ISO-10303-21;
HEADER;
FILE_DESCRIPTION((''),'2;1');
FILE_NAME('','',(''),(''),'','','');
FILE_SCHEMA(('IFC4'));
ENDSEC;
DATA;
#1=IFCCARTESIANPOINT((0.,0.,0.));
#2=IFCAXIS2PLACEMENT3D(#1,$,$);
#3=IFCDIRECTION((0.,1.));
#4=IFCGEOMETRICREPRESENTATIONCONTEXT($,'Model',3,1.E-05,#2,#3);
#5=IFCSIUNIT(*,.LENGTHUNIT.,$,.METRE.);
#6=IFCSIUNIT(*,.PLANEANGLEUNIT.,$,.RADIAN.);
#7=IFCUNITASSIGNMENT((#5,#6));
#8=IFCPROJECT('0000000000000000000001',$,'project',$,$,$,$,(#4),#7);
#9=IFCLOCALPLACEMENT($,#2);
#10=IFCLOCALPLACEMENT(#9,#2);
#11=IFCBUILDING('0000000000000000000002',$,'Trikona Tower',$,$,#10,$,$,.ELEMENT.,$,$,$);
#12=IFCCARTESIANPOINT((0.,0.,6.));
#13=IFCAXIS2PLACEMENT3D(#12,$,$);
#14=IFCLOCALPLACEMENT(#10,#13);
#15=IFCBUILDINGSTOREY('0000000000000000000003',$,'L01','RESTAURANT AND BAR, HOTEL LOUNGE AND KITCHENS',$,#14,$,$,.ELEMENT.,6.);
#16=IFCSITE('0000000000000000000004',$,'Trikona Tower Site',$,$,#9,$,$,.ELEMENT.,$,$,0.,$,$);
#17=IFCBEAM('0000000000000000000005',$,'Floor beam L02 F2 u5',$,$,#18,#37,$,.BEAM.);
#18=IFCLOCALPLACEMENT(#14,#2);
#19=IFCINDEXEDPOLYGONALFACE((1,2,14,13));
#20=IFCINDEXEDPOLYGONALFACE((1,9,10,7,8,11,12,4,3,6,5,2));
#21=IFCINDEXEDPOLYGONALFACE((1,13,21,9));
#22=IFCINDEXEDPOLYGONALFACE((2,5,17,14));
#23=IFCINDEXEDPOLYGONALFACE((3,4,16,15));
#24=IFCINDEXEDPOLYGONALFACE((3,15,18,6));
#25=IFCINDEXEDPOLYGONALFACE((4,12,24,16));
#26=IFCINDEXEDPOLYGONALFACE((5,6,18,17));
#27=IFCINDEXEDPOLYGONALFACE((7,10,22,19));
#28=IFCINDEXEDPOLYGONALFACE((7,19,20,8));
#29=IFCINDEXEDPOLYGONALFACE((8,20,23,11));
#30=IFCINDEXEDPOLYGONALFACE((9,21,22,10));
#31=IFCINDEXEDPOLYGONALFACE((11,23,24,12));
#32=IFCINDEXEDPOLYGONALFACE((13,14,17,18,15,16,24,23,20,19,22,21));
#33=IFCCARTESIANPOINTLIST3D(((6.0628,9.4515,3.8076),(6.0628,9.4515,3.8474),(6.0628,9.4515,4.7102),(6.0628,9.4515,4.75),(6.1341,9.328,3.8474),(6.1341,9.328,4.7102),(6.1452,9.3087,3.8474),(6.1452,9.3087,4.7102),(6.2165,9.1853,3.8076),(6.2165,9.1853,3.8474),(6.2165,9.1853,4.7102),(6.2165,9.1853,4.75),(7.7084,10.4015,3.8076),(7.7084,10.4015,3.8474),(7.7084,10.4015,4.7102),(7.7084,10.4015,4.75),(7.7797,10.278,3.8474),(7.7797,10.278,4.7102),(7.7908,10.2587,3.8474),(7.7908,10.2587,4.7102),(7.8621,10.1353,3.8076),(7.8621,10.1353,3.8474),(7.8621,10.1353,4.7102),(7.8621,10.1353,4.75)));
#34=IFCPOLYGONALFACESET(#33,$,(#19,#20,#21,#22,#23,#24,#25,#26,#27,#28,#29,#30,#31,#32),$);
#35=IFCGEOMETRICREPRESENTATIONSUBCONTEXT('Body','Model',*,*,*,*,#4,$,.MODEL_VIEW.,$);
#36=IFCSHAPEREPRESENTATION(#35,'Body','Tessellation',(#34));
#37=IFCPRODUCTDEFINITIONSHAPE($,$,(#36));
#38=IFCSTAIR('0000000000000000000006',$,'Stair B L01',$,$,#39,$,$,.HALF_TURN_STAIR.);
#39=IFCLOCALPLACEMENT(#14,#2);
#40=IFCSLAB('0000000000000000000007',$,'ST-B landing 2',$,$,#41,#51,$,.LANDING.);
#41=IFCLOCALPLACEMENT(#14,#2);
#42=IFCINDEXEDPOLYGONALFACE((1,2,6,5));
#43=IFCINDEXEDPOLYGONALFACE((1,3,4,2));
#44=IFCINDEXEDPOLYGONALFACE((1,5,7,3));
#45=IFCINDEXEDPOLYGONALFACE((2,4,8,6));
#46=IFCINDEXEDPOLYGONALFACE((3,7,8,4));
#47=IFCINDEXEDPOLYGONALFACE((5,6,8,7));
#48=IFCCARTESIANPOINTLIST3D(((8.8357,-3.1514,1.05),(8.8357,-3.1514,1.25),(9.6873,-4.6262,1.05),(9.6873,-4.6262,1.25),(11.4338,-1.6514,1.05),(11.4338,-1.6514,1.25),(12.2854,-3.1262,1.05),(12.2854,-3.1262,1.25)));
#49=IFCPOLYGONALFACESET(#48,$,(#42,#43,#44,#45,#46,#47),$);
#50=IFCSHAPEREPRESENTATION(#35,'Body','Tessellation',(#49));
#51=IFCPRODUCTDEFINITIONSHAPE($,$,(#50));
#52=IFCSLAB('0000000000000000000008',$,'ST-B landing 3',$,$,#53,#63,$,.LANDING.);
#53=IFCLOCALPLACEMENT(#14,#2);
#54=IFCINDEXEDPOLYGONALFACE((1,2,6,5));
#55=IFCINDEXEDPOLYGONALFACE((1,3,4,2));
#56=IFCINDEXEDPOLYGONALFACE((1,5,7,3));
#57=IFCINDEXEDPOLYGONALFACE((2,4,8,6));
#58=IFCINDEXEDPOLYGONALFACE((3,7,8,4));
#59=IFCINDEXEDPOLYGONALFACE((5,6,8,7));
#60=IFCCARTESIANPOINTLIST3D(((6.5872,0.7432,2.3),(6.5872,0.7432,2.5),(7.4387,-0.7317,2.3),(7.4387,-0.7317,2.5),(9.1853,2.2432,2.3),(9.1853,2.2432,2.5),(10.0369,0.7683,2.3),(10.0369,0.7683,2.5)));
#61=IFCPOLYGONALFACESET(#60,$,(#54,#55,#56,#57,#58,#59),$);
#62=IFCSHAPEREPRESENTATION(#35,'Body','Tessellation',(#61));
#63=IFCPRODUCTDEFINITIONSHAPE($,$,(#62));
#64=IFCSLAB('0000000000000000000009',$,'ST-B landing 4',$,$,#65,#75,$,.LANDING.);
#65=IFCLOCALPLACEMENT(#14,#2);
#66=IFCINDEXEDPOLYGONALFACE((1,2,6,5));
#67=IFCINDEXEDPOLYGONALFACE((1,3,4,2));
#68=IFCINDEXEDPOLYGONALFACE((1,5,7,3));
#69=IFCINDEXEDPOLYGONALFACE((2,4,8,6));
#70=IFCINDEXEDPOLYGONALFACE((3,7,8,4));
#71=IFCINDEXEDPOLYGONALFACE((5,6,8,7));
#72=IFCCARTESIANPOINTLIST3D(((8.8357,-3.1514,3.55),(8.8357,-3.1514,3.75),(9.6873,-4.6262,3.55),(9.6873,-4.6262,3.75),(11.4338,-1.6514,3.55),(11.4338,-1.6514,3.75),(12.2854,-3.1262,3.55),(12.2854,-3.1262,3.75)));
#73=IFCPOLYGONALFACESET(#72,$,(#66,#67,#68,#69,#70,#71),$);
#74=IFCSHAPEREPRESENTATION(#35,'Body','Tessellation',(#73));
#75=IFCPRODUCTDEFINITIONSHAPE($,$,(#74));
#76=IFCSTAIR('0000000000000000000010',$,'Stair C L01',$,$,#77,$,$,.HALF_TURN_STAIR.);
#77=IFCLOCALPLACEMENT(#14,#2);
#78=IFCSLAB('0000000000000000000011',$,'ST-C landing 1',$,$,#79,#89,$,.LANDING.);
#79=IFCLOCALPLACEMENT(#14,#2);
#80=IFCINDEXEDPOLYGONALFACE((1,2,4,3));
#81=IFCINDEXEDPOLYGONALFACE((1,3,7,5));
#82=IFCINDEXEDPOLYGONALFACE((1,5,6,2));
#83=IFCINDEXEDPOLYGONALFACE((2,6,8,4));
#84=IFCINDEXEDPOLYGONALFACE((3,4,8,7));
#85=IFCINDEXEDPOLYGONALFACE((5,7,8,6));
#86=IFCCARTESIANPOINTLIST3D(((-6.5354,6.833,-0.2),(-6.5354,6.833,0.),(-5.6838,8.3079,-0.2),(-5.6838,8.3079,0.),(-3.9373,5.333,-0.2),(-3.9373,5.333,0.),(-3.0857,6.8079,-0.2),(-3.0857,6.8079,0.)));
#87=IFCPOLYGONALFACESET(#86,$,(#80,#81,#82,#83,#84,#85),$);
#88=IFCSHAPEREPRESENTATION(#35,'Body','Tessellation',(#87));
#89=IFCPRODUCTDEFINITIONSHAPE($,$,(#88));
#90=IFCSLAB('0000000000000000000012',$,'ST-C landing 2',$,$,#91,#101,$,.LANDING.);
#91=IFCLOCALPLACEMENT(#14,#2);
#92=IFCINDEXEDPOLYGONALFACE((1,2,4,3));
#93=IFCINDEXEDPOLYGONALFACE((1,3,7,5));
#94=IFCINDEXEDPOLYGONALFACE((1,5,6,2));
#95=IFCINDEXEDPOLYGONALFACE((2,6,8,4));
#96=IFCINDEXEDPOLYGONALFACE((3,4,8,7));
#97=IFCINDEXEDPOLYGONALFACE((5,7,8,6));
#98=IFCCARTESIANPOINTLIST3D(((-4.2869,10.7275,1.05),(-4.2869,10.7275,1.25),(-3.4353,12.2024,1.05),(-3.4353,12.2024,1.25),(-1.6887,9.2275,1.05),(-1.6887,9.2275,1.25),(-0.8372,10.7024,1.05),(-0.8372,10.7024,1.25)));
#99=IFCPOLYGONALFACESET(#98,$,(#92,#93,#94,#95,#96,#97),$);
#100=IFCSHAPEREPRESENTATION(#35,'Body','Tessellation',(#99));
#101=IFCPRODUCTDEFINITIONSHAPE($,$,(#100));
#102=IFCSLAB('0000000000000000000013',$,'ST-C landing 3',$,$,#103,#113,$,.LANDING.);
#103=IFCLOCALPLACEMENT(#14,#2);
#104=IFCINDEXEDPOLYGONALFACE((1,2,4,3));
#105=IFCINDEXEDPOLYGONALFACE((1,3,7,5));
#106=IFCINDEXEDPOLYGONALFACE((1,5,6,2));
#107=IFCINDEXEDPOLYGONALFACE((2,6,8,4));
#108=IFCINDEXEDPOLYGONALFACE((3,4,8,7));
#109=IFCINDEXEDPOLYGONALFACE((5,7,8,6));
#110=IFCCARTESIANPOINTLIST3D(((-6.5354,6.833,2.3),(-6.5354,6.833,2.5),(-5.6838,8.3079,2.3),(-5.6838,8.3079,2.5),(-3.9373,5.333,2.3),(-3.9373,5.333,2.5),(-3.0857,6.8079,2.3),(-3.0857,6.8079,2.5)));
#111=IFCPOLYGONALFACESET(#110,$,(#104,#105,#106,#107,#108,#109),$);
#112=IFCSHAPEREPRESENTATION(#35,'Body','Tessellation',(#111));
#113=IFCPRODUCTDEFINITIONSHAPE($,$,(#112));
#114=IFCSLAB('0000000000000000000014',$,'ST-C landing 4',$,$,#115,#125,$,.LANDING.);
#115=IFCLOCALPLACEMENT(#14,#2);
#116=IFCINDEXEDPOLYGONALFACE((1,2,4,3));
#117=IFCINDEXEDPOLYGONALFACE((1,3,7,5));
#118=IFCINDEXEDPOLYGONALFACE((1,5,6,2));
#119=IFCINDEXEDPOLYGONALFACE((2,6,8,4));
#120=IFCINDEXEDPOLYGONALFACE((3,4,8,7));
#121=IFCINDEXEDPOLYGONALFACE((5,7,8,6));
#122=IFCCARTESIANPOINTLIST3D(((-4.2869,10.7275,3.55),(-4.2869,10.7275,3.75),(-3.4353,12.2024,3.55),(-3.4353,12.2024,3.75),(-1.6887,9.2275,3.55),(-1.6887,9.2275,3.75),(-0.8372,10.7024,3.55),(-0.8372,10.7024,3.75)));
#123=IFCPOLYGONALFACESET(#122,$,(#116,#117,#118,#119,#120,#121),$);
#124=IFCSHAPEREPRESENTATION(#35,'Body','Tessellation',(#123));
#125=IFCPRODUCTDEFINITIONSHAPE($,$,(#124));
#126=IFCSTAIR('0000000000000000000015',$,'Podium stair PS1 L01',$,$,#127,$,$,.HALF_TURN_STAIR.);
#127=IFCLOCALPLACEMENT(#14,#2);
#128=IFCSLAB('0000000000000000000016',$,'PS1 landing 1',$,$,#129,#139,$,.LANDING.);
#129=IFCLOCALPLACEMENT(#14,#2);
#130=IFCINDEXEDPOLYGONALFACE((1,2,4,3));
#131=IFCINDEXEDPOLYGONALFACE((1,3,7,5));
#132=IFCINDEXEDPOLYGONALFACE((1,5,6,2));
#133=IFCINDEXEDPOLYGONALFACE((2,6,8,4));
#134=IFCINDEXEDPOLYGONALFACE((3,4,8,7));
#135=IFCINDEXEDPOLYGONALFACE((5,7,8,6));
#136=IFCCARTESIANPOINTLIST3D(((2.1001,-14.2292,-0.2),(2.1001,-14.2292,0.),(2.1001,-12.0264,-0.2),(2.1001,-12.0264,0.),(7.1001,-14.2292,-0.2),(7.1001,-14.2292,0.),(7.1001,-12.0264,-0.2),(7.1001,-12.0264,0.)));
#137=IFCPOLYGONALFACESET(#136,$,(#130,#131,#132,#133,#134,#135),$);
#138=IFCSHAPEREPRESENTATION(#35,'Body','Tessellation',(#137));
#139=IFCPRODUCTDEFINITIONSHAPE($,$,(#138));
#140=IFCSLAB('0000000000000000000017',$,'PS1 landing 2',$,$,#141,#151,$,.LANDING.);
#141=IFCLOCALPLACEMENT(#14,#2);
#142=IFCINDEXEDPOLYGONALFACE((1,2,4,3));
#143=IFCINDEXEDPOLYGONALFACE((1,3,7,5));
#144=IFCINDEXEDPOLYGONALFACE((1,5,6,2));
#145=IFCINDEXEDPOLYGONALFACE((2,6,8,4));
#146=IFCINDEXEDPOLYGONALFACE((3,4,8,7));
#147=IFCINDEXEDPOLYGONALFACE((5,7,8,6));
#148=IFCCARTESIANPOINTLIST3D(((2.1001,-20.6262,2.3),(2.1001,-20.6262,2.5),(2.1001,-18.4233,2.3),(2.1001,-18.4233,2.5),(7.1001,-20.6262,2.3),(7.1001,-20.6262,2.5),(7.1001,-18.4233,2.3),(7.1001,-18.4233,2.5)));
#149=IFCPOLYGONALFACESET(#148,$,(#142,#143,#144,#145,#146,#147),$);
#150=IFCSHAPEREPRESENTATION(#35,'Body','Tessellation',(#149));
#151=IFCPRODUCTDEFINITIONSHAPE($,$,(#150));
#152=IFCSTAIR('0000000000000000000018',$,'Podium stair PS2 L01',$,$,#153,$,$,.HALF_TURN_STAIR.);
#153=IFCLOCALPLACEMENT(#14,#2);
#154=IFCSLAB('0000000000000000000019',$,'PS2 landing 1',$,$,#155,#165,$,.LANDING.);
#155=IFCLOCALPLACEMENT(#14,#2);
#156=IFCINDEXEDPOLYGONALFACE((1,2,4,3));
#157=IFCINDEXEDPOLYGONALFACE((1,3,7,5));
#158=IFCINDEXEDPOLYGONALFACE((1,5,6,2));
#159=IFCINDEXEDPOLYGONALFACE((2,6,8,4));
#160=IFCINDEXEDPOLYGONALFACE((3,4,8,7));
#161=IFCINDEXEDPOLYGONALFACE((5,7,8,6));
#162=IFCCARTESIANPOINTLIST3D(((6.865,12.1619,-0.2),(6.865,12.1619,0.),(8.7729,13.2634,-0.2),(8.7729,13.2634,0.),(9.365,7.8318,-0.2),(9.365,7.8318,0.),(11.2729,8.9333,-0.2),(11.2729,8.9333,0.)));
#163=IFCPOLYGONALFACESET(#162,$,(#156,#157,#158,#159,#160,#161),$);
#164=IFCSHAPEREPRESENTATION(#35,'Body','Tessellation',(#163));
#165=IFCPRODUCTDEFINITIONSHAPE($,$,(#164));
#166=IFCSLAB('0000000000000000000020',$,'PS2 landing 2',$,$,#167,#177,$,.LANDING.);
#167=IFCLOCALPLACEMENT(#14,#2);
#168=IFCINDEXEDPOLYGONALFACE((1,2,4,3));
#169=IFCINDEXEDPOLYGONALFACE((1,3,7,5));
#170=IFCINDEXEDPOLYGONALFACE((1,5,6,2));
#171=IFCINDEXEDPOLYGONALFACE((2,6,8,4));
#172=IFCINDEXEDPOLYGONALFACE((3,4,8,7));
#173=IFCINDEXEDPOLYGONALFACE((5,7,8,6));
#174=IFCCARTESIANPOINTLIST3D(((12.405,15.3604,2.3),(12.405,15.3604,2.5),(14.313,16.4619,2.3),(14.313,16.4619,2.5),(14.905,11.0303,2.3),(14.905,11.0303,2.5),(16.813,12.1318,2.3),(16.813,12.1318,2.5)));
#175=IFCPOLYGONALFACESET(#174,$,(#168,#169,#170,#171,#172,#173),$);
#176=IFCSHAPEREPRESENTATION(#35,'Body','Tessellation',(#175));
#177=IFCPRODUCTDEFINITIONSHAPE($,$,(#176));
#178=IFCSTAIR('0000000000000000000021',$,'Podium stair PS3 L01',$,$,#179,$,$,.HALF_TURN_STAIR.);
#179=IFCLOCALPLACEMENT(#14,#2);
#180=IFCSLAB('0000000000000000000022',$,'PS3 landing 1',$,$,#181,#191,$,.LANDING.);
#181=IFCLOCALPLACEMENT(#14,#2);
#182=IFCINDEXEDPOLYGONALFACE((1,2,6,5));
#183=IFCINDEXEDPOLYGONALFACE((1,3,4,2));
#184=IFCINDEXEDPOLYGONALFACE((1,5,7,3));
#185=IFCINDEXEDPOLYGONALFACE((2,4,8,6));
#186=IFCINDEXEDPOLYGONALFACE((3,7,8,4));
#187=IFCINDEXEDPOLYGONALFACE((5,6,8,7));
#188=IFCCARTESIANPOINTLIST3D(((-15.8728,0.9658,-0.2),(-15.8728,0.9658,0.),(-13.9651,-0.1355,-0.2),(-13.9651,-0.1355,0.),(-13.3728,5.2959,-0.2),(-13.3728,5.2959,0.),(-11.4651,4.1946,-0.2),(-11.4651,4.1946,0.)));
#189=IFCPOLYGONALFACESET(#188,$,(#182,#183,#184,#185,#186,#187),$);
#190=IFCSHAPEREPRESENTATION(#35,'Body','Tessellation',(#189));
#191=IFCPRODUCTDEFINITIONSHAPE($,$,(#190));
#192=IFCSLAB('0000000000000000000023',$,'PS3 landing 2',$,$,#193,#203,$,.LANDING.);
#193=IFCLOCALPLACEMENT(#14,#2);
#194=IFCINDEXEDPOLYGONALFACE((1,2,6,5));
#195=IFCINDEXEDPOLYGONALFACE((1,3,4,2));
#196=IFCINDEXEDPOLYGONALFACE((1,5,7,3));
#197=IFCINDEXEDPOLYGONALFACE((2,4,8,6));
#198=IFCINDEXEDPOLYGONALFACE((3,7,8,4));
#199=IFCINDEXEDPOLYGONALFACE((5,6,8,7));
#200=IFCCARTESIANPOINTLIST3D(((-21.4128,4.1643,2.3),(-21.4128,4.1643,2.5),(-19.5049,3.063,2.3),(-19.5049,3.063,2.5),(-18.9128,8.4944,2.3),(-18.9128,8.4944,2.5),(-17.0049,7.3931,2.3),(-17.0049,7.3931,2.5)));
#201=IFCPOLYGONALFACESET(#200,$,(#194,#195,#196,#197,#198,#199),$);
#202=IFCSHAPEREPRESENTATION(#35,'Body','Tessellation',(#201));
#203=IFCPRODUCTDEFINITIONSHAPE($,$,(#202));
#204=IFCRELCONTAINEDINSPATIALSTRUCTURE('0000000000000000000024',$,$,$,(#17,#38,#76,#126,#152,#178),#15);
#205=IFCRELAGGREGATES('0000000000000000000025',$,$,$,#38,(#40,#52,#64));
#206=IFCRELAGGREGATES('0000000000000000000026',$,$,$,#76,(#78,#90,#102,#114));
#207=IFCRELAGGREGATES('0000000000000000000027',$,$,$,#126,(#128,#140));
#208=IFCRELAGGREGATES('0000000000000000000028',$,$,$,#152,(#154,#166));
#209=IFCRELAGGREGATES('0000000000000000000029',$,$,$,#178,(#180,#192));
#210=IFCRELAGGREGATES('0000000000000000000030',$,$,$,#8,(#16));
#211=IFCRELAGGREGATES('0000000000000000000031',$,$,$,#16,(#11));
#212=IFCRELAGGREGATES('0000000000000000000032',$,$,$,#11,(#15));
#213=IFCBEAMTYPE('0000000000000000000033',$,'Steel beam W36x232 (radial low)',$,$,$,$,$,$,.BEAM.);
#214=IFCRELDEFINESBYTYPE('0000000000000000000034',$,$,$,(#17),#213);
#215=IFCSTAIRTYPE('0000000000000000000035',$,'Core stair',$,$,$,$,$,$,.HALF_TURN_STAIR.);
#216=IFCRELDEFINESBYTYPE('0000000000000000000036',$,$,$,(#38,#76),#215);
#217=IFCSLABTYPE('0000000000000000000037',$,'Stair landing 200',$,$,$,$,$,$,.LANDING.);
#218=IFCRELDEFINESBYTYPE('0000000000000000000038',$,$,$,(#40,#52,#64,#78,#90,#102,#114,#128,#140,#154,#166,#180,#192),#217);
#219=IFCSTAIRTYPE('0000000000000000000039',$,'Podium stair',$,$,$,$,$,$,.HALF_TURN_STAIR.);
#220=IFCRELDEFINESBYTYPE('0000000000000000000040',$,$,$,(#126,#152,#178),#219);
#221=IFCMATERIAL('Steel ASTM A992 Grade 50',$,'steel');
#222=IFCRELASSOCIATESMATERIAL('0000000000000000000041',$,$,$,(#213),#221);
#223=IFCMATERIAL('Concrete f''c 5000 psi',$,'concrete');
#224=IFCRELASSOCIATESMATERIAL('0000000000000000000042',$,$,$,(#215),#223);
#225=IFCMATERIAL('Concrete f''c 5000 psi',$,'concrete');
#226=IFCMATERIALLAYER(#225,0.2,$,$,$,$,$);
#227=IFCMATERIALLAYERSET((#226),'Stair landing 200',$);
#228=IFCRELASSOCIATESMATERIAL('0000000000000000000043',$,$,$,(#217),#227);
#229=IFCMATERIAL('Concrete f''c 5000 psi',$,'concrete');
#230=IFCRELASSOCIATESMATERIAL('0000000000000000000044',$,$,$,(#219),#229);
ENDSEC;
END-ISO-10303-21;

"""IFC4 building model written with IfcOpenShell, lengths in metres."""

from ifc_helpers import new_model, si_unit, direction, frame, origin, origin_2d, place, context, subcontext, project, spatial, polyline, i_section, outline, extrude, material, layer, layer_set, material_profile, profile_set, type_object, element, aggregate, save


model = new_model("IFC4")

# Units and contexts
model_context = context("Model", 3, precision=1e-05, world=origin(), true_north=direction((0.0, 1.0)))
body_context = subcontext(model_context, "Body", "Model", "MODEL_VIEW")
ifc_project = project(units=[si_unit("LENGTHUNIT", "METRE"), si_unit("PLANEANGLEUNIT", "RADIAN")], contexts=[model_context])

# Site, building, storey
site_placement = place(None, origin())
site = spatial("IfcSite", under=ifc_project, at=site_placement, Name="Trikona Tower Site", CompositionType="ELEMENT", RefElevation=0.0)
building_placement = place(site_placement, origin())
building = spatial("IfcBuilding", under=site, at=building_placement, Name="Trikona Tower", CompositionType="ELEMENT")
storey_placement = place(building_placement, frame((0.0, 0.0, 6.0)))
storey = spatial("IfcBuildingStorey", under=building, at=storey_placement, Name="L01", Description="RESTAURANT AND BAR, HOTEL LOUNGE AND KITCHENS", CompositionType="ELEMENT", Elevation=6.0)

# Beam
ifc_material_1 = material(Name="Steel ASTM A992 Grade 50", Category="steel")
ifc_material_profile = material_profile(ifc_material_1, i_section(OverallWidth=0.3074, OverallDepth=0.9424, WebThickness=0.0222, FlangeThickness=0.0398, at=origin_2d()), Name="W36X232")
ifc_profile_set = profile_set([ifc_material_profile], Name="Steel ASTM A992 Grade 50")
beam_type = type_object("IfcBeamType", Name="Steel beam W36x232 (radial low)", PredefinedType="BEAM", material=ifc_profile_set)
beam_placement = place(storey_placement, frame((6.1396, 9.3184, 4.2788), z_axis=(0.866044, 0.499967, 0.0), x_axis=(-0.499967, 0.866044, 0.0)))
element("IfcBeam", 1, at=beam_placement, inside=storey, type_object=beam_type, Name="Floor beam L02 F2 u5", PredefinedType="BEAM", context=body_context, shape_type="SweptSolid", body=[
    extrude(i_section(OverallWidth=0.3074, OverallDepth=0.9424, WebThickness=0.0222, FlangeThickness=0.0398, at=origin_2d()), origin(), (0.0, 0.0, 1.0), 1.9001),
])

# Stairs, slabs
ifc_material_2 = material(Name="Concrete f'c 5000 psi", Category="concrete")
stair_type_1 = type_object("IfcStairType", Name="Core stair", PredefinedType="HALF_TURN_STAIR", material=ifc_material_2)
stair_1_placement = place(storey_placement, origin())
stair_1 = element("IfcStair", 2, at=stair_1_placement, inside=storey, type_object=stair_type_1, Name="Stair B L01", PredefinedType="HALF_TURN_STAIR")
ifc_material_3 = material(Name="Concrete f'c 5000 psi", Category="concrete")
ifc_layer_1 = layer(ifc_material_3, 0.2)
ifc_layer_set_1 = layer_set([ifc_layer_1], Name="Stair landing 200")
slab_type = type_object("IfcSlabType", Name="Stair landing 200", PredefinedType="LANDING", material=ifc_layer_set_1)
slab_1_placement = place(storey_placement, frame((0.0, 0.0, 1.05)))
slab_1 = element("IfcSlab", 3, at=slab_1_placement, type_object=slab_type, Name="ST-B landing 2", PredefinedType="LANDING", context=body_context, shape_type="SweptSolid", body=[
    extrude(outline(polyline([(9.6873, -4.6262), (8.8357, -3.1514), (11.4338, -1.6514), (12.2854, -3.1262), (9.6873, -4.6262)])), origin(), (0.0, 0.0, 1.0), 0.2),
])
slab_2_placement = place(storey_placement, frame((0.0, 0.0, 2.3)))
slab_2 = element("IfcSlab", 4, at=slab_2_placement, type_object=slab_type, Name="ST-B landing 3", PredefinedType="LANDING", context=body_context, shape_type="SweptSolid", body=[
    extrude(outline(polyline([(7.4387, -0.7317), (6.5872, 0.7432), (9.1853, 2.2432), (10.0369, 0.7683), (7.4387, -0.7317)])), origin(), (0.0, 0.0, 1.0), 0.2),
])
slab_3_placement = place(storey_placement, frame((0.0, 0.0, 3.55)))
slab_3 = element("IfcSlab", 5, at=slab_3_placement, type_object=slab_type, Name="ST-B landing 4", PredefinedType="LANDING", context=body_context, shape_type="SweptSolid", body=[
    extrude(outline(polyline([(9.6873, -4.6262), (8.8357, -3.1514), (11.4338, -1.6514), (12.2854, -3.1262), (9.6873, -4.6262)])), origin(), (0.0, 0.0, 1.0), 0.2),
])
aggregate(stair_1, [slab_1, slab_2, slab_3])
stair_2_placement = place(storey_placement, origin())
stair_2 = element("IfcStair", 6, at=stair_2_placement, inside=storey, type_object=stair_type_1, Name="Stair C L01", PredefinedType="HALF_TURN_STAIR")
slab_4_placement = place(storey_placement, frame((0.0, 0.0, -0.2)))
slab_4 = element("IfcSlab", 7, at=slab_4_placement, type_object=slab_type, Name="ST-C landing 1", PredefinedType="LANDING", context=body_context, shape_type="SweptSolid", body=[
    extrude(outline(polyline([(-3.0857, 6.8079), (-3.9373, 5.333), (-6.5354, 6.833), (-5.6838, 8.3079), (-3.0857, 6.8079)])), origin(), (0.0, 0.0, 1.0), 0.2),
])
slab_5_placement = place(storey_placement, frame((0.0, 0.0, 1.05)))
slab_5 = element("IfcSlab", 8, at=slab_5_placement, type_object=slab_type, Name="ST-C landing 2", PredefinedType="LANDING", context=body_context, shape_type="SweptSolid", body=[
    extrude(outline(polyline([(-0.8372, 10.7024), (-1.6887, 9.2275), (-4.2869, 10.7275), (-3.4353, 12.2024), (-0.8372, 10.7024)])), origin(), (0.0, 0.0, 1.0), 0.2),
])
slab_6_placement = place(storey_placement, frame((0.0, 0.0, 2.3)))
slab_6 = element("IfcSlab", 9, at=slab_6_placement, type_object=slab_type, Name="ST-C landing 3", PredefinedType="LANDING", context=body_context, shape_type="SweptSolid", body=[
    extrude(outline(polyline([(-3.0857, 6.8079), (-3.9373, 5.333), (-6.5354, 6.833), (-5.6838, 8.3079), (-3.0857, 6.8079)])), origin(), (0.0, 0.0, 1.0), 0.2),
])
slab_7_placement = place(storey_placement, frame((0.0, 0.0, 3.55)))
slab_7 = element("IfcSlab", 10, at=slab_7_placement, type_object=slab_type, Name="ST-C landing 4", PredefinedType="LANDING", context=body_context, shape_type="SweptSolid", body=[
    extrude(outline(polyline([(-0.8372, 10.7024), (-1.6887, 9.2275), (-4.2869, 10.7275), (-3.4353, 12.2024), (-0.8372, 10.7024)])), origin(), (0.0, 0.0, 1.0), 0.2),
])
aggregate(stair_2, [slab_4, slab_5, slab_6, slab_7])
ifc_material_4 = material(Name="Concrete f'c 5000 psi", Category="concrete")
stair_type_2 = type_object("IfcStairType", Name="Podium stair", PredefinedType="HALF_TURN_STAIR", material=ifc_material_4)
stair_3_placement = place(storey_placement, origin())
stair_3 = element("IfcStair", 11, at=stair_3_placement, inside=storey, type_object=stair_type_2, Name="Podium stair PS1 L01", PredefinedType="HALF_TURN_STAIR")
slab_8_placement = place(storey_placement, frame((0.0, 0.0, -0.2)))
slab_8 = element("IfcSlab", 12, at=slab_8_placement, type_object=slab_type, Name="PS1 landing 1", PredefinedType="LANDING", context=body_context, shape_type="SweptSolid", body=[
    extrude(outline(polyline([(2.1001, -12.0264), (7.1001, -12.0264), (7.1001, -14.2292), (2.1001, -14.2292), (2.1001, -12.0264)])), origin(), (0.0, 0.0, 1.0), 0.2),
])
slab_9_placement = place(storey_placement, frame((0.0, 0.0, 2.3)))
slab_9 = element("IfcSlab", 13, at=slab_9_placement, type_object=slab_type, Name="PS1 landing 2", PredefinedType="LANDING", context=body_context, shape_type="SweptSolid", body=[
    extrude(outline(polyline([(2.1001, -18.4233), (7.1001, -18.4233), (7.1001, -20.6262), (2.1001, -20.6262), (2.1001, -18.4233)])), origin(), (0.0, 0.0, 1.0), 0.2),
])
aggregate(stair_3, [slab_8, slab_9])
stair_4_placement = place(storey_placement, origin())
stair_4 = element("IfcStair", 14, at=stair_4_placement, inside=storey, type_object=stair_type_2, Name="Podium stair PS2 L01", PredefinedType="HALF_TURN_STAIR")
slab_10_placement = place(storey_placement, frame((0.0, 0.0, -0.2)))
slab_10 = element("IfcSlab", 15, at=slab_10_placement, type_object=slab_type, Name="PS2 landing 1", PredefinedType="LANDING", context=body_context, shape_type="SweptSolid", body=[
    extrude(outline(polyline([(9.365, 7.8318), (6.865, 12.1619), (8.7729, 13.2634), (11.2729, 8.9333), (9.365, 7.8318)])), origin(), (0.0, 0.0, 1.0), 0.2),
])
slab_11_placement = place(storey_placement, frame((0.0, 0.0, 2.3)))
slab_11 = element("IfcSlab", 16, at=slab_11_placement, type_object=slab_type, Name="PS2 landing 2", PredefinedType="LANDING", context=body_context, shape_type="SweptSolid", body=[
    extrude(outline(polyline([(14.905, 11.0303), (12.405, 15.3604), (14.313, 16.4619), (16.813, 12.1318), (14.905, 11.0303)])), origin(), (0.0, 0.0, 1.0), 0.2),
])
aggregate(stair_4, [slab_10, slab_11])
stair_5_placement = place(storey_placement, origin())
stair_5 = element("IfcStair", 17, at=stair_5_placement, inside=storey, type_object=stair_type_2, Name="Podium stair PS3 L01", PredefinedType="HALF_TURN_STAIR")
slab_12_placement = place(storey_placement, frame((0.0, 0.0, -0.2)))
slab_12 = element("IfcSlab", 18, at=slab_12_placement, type_object=slab_type, Name="PS3 landing 1", PredefinedType="LANDING", context=body_context, shape_type="SweptSolid", body=[
    extrude(outline(polyline([(-11.4651, 4.1946), (-13.9651, -0.1355), (-15.8728, 0.9658), (-13.3728, 5.2959), (-11.4651, 4.1946)])), origin(), (0.0, 0.0, 1.0), 0.2),
])
slab_13_placement = place(storey_placement, frame((0.0, 0.0, 2.3)))
slab_13 = element("IfcSlab", 19, at=slab_13_placement, type_object=slab_type, Name="PS3 landing 2", PredefinedType="LANDING", context=body_context, shape_type="SweptSolid", body=[
    extrude(outline(polyline([(-17.0049, 7.3931), (-19.5049, 3.063), (-21.4128, 4.1643), (-18.9128, 8.4944), (-17.0049, 7.3931)])), origin(), (0.0, 0.0, 1.0), 0.2),
])
aggregate(stair_5, [slab_12, slab_13])

save(model, "model.ifc")
